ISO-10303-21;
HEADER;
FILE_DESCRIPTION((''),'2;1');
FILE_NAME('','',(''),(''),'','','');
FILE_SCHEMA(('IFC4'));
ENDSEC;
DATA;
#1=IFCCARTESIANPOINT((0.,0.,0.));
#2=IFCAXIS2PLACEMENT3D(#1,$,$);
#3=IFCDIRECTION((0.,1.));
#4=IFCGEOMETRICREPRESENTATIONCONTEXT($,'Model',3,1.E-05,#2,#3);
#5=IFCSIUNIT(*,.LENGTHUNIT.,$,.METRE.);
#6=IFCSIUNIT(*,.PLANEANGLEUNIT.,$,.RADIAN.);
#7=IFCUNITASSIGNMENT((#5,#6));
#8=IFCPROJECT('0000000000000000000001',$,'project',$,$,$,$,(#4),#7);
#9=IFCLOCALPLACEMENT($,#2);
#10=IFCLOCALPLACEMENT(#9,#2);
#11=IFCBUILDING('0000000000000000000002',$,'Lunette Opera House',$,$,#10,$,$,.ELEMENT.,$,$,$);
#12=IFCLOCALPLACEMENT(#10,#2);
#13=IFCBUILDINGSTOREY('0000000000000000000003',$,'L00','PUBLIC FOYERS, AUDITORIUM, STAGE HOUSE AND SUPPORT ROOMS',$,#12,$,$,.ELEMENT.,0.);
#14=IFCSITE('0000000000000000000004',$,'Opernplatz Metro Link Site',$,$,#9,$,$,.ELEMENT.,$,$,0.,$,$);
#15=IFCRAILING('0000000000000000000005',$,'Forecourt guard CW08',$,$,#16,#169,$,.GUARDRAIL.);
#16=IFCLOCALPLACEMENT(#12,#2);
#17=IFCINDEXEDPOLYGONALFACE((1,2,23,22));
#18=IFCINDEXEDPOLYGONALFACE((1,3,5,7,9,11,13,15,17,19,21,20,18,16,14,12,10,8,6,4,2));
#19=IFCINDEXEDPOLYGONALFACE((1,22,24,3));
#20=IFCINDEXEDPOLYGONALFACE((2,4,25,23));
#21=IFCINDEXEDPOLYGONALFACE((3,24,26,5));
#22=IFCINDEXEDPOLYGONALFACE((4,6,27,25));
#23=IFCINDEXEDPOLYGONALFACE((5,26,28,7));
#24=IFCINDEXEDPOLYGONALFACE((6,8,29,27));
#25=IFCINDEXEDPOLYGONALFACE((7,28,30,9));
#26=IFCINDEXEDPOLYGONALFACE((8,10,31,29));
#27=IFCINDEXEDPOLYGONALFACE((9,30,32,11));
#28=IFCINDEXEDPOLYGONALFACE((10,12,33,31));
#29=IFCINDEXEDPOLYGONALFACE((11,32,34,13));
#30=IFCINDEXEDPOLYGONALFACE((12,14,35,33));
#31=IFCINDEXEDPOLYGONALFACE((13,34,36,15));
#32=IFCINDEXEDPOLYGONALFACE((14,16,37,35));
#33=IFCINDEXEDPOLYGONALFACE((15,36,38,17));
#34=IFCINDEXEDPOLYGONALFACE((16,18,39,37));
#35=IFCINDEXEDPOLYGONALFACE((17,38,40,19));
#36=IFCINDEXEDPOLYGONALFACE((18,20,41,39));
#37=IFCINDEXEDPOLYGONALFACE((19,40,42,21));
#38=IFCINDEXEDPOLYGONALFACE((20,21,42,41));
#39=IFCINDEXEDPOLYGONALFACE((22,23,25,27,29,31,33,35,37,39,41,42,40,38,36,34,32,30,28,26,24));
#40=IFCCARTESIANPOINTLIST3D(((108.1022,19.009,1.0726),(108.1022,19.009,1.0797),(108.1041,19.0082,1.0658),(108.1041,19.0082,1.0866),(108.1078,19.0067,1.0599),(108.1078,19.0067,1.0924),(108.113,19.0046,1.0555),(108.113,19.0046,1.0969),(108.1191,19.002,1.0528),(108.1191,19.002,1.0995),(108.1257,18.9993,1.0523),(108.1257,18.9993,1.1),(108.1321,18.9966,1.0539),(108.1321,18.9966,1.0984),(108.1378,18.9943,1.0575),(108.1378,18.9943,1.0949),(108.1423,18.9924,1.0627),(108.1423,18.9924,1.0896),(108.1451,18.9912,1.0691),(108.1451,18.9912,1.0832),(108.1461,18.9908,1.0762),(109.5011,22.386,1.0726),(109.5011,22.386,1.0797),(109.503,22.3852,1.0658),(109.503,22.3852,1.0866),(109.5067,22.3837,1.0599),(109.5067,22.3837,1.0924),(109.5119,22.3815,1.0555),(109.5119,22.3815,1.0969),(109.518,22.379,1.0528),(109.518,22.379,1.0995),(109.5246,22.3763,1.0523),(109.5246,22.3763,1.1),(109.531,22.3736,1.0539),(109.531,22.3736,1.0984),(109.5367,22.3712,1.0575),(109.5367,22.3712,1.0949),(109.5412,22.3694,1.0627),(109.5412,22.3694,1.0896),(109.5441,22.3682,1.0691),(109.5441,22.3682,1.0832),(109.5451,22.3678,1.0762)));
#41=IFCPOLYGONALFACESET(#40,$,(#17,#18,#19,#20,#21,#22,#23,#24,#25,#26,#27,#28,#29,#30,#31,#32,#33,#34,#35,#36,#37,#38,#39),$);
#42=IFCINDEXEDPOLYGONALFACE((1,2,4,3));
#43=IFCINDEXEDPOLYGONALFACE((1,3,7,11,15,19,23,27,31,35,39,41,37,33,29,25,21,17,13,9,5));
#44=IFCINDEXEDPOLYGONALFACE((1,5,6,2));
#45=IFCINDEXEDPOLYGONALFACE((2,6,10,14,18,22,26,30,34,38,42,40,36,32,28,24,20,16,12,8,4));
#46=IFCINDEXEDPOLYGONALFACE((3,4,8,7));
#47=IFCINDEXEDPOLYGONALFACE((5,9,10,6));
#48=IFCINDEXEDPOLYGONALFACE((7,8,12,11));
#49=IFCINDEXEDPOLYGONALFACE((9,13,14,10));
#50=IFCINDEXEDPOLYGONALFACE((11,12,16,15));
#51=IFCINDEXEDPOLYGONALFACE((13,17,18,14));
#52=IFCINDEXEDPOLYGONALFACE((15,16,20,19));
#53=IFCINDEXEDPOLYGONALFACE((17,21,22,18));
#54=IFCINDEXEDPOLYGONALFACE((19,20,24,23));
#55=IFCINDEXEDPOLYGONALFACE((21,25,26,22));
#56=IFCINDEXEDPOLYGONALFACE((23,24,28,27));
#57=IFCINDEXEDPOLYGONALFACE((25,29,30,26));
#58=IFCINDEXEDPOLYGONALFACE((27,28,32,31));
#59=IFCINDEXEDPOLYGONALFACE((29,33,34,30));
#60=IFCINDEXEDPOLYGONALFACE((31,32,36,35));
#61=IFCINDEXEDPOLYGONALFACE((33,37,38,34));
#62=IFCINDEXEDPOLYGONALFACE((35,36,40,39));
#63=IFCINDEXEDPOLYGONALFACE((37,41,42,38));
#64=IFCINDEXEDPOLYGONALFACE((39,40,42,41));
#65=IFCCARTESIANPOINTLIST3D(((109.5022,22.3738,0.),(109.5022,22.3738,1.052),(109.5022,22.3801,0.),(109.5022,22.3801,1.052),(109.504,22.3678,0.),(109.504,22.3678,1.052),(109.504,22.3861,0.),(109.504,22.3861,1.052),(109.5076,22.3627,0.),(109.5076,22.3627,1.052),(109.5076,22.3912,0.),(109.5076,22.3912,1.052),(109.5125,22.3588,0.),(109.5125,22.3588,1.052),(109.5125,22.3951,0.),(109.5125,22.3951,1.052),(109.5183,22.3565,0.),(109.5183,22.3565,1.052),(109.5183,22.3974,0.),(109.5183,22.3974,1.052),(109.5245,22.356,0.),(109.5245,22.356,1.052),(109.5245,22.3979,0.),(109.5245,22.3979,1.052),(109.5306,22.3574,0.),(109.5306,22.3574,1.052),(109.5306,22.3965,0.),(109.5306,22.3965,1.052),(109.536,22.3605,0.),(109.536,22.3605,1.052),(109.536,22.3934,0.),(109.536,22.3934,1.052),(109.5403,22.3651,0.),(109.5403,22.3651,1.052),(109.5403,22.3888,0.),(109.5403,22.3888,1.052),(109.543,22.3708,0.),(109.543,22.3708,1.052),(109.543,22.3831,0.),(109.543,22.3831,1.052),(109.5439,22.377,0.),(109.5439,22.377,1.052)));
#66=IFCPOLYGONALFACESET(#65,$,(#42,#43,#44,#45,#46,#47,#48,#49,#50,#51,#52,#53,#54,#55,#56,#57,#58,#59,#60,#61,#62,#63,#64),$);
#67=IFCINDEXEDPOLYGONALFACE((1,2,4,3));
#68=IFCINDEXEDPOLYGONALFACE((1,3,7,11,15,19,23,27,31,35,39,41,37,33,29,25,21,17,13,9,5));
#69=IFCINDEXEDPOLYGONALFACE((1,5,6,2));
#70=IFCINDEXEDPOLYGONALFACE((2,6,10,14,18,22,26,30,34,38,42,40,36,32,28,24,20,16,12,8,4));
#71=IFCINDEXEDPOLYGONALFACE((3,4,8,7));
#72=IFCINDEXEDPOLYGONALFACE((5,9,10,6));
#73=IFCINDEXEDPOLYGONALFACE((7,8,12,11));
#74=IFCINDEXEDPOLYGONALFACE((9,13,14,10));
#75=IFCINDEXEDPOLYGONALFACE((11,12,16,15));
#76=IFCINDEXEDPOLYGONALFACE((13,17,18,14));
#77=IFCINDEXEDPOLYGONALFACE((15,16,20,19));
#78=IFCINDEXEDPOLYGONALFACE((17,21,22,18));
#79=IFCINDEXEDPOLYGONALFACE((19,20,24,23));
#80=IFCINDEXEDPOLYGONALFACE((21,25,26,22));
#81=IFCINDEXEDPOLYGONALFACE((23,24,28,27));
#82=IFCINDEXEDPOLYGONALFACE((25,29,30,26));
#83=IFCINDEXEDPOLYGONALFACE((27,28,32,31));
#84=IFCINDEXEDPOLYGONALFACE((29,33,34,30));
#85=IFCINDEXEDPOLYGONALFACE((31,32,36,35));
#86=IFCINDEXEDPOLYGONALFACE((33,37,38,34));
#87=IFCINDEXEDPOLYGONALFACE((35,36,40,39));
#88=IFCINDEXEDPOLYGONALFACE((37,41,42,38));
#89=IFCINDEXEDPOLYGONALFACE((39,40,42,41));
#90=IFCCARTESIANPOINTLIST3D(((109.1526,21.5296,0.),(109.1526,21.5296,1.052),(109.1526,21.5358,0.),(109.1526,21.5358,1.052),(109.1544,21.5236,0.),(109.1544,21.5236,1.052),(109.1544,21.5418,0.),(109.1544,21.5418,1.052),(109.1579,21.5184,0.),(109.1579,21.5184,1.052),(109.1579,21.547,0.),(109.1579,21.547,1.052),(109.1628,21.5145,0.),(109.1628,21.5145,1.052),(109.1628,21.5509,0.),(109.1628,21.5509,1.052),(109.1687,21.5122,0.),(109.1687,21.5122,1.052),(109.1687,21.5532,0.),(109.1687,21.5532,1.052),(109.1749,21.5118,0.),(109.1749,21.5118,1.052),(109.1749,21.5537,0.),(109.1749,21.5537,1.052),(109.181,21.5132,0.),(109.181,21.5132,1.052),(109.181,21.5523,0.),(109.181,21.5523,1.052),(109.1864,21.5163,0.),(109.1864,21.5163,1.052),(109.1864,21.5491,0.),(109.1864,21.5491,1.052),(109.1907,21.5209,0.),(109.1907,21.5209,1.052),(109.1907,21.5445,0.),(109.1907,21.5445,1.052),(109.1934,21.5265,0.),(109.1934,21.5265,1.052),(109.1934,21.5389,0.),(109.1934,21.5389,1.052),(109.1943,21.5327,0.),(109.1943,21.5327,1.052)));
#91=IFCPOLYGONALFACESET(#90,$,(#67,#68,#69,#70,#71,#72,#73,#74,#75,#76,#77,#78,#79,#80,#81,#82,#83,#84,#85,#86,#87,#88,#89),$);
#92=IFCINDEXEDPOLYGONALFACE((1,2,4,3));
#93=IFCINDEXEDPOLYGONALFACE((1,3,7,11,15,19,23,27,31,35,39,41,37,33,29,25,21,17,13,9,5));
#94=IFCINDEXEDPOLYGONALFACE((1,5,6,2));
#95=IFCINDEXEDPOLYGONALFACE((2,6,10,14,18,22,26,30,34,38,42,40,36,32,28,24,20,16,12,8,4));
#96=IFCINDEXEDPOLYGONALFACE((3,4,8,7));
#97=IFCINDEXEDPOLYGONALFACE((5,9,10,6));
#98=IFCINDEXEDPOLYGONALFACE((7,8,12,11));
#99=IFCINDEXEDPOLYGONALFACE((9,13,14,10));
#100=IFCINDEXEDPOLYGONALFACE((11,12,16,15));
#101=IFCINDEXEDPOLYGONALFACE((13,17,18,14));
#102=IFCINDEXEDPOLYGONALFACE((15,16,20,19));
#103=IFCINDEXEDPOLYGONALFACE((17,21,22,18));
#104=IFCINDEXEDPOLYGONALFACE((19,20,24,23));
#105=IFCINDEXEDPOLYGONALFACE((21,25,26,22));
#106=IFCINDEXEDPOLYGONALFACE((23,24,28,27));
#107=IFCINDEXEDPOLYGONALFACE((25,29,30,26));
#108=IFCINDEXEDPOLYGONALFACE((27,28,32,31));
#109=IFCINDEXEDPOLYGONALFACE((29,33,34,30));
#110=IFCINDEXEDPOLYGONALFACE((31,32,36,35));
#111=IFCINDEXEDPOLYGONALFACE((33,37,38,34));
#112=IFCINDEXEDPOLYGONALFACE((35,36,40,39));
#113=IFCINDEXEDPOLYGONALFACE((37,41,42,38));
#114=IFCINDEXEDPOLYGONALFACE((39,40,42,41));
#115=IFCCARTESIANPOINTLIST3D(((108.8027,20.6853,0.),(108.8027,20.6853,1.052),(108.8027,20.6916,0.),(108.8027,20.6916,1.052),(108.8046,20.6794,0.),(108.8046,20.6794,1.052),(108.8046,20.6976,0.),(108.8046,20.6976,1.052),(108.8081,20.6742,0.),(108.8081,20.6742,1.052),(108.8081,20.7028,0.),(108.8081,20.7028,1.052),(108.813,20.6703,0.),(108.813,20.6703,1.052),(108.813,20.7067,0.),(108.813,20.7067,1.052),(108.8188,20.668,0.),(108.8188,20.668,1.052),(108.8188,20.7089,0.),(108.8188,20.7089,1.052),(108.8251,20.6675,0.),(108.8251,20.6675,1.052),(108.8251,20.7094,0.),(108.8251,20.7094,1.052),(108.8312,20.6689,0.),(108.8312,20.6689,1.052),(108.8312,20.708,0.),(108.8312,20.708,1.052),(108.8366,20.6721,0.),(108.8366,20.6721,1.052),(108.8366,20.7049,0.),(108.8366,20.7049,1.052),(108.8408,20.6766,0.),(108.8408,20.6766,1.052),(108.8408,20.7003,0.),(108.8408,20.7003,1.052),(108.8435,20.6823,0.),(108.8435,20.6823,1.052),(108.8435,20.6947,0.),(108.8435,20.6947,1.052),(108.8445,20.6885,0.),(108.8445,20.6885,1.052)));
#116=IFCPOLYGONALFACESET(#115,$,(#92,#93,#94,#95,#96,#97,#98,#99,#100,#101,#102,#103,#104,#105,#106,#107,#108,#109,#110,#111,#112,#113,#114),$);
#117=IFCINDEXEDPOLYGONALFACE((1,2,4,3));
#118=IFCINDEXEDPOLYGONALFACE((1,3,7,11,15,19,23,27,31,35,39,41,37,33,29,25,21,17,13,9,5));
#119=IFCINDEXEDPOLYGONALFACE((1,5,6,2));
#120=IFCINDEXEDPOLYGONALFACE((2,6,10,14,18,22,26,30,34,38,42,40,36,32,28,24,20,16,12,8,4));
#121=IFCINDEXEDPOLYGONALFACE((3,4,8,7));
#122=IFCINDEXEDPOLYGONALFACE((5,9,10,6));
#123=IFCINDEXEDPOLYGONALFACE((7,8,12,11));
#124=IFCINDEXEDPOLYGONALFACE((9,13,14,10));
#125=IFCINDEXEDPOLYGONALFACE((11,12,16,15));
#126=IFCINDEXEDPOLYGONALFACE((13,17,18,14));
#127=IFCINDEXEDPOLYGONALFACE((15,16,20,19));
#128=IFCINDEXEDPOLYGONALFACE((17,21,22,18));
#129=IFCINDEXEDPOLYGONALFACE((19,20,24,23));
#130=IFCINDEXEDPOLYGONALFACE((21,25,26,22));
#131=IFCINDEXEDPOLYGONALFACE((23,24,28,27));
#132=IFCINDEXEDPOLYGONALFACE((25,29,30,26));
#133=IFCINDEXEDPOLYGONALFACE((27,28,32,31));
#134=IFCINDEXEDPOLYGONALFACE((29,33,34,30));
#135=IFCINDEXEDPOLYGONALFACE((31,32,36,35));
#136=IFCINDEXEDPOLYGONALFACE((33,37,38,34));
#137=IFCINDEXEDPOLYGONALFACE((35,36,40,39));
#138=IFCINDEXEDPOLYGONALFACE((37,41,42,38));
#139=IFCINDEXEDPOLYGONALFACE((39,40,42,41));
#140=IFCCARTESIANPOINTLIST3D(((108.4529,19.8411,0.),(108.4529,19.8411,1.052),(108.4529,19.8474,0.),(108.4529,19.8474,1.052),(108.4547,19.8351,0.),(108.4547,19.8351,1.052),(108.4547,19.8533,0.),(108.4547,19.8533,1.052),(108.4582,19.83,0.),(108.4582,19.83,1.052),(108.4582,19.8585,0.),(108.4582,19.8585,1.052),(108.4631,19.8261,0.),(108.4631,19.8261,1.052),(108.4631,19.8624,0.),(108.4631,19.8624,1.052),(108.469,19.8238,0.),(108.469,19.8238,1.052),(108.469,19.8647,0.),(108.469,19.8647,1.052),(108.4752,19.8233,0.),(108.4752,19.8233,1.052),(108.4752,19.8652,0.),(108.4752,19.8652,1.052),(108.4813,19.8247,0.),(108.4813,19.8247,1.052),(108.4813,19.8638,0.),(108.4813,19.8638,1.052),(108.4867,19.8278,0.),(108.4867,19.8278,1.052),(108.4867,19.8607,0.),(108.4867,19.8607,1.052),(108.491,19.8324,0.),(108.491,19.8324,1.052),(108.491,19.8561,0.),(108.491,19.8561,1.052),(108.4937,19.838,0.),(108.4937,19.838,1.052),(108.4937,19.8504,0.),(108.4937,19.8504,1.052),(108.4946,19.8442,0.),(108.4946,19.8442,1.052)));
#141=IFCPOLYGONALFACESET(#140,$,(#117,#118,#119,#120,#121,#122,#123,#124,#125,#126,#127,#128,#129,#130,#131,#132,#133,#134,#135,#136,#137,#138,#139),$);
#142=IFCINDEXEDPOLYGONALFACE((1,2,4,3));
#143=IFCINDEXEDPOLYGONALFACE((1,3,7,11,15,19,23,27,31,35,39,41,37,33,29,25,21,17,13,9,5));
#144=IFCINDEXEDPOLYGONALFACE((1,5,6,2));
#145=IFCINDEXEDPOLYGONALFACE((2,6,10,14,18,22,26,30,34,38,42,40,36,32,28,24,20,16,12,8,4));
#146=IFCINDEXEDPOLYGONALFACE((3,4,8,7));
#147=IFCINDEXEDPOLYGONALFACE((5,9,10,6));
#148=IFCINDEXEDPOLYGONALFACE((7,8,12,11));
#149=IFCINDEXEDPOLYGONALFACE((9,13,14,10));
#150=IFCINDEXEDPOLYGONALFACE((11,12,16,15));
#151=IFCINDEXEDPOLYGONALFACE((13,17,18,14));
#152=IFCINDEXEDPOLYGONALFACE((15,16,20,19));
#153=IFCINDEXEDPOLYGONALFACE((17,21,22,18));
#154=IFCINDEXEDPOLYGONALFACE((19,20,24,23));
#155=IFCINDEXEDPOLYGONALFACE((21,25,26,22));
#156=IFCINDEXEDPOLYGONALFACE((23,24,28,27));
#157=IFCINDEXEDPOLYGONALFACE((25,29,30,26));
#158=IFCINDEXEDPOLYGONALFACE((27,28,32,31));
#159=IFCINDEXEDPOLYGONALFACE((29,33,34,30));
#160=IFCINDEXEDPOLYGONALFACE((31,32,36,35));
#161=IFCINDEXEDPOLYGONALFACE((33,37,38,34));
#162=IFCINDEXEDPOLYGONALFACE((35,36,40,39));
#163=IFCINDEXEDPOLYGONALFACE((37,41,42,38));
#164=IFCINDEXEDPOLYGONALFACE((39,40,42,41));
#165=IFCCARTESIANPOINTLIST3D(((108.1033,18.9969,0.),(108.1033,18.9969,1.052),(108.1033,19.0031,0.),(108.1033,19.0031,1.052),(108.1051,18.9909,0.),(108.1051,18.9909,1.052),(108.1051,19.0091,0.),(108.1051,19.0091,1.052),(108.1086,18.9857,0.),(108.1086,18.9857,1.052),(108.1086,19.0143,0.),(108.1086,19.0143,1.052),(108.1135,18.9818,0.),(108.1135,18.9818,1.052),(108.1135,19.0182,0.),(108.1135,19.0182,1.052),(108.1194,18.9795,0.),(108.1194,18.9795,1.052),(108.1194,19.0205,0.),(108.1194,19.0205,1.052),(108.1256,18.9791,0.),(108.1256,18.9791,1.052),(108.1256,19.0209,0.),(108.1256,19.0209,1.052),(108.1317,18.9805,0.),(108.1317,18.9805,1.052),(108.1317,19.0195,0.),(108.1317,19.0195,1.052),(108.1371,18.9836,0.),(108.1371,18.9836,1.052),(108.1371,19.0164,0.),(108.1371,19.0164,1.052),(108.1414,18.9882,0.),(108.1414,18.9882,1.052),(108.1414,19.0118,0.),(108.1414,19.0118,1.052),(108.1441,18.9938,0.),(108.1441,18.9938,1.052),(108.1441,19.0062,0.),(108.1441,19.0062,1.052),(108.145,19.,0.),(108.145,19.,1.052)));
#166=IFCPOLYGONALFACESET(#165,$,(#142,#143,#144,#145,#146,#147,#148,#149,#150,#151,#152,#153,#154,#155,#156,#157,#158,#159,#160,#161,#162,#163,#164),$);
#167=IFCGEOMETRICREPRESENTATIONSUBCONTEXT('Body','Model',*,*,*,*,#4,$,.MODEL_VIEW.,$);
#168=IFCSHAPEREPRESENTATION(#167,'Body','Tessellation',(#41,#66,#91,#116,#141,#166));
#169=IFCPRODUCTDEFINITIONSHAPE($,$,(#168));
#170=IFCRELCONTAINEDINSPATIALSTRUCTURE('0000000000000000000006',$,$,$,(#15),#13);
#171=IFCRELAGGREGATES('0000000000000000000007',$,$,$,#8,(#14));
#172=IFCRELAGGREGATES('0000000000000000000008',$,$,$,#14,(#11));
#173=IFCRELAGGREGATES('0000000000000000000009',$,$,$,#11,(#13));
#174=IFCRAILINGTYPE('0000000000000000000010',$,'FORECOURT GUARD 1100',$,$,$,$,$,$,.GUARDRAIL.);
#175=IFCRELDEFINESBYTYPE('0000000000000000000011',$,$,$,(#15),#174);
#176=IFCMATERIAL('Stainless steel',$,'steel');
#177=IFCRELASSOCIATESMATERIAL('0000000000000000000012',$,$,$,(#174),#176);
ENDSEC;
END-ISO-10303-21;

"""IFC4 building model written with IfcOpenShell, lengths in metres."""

from ifc_helpers import new_model, si_unit, direction, frame, origin, origin_2d, place, context, subcontext, project, spatial, circle, extrude, material, type_object, element, save


model = new_model("IFC4")

# Units and contexts
model_context = context("Model", 3, precision=1e-05, world=origin(), true_north=direction((0.0, 1.0)))
body_context = subcontext(model_context, "Body", "Model", "MODEL_VIEW")
ifc_project = project(units=[si_unit("LENGTHUNIT", "METRE"), si_unit("PLANEANGLEUNIT", "RADIAN")], contexts=[model_context])

# Site, building, storey
site_placement = place(None, origin())
site = spatial("IfcSite", under=ifc_project, at=site_placement, Name="Opernplatz Metro Link Site", CompositionType="ELEMENT", RefElevation=0.0)
building_placement = place(site_placement, origin())
building = spatial("IfcBuilding", under=site, at=building_placement, Name="Lunette Opera House", CompositionType="ELEMENT")
storey_placement = place(building_placement, origin())
storey = spatial("IfcBuildingStorey", under=building, at=storey_placement, Name="L00", Description="PUBLIC FOYERS, AUDITORIUM, STAGE HOUSE AND SUPPORT ROOMS", CompositionType="ELEMENT", Elevation=0.0)

# Railing
ifc_material_1 = material(Name="Stainless steel", Category="steel")
railing_type = type_object("IfcRailingType", Name="FORECOURT GUARD 1100", PredefinedType="GUARDRAIL", material=ifc_material_1)
railing_1_placement = place(storey_placement, frame((109.5229, 22.377, 0.0)))
element("IfcRailing", 1, at=railing_1_placement, inside=storey, type_object=railing_type, Name="Forecourt guard CW08", PredefinedType="GUARDRAIL", context=body_context, shape_type="SweptSolid", body=[
    extrude(circle(Radius=0.0239, at=origin_2d()), frame((0.0, 0.0, 1.0762), z_axis=(-0.382718, -0.923865, 0.0), x_axis=(0.923865, -0.382718, 0.0)), (0.0, 0.0, 1.0), 3.6553),
    extrude(circle(Radius=0.021, at=origin_2d()), origin(), (0.0, 0.0, 1.0), 1.052),
    extrude(circle(Radius=0.021, at=origin_2d()), frame((-0.3496, -0.8442, 0.0)), (0.0, 0.0, 1.0), 1.052),
    extrude(circle(Radius=0.021, at=origin_2d()), frame((-0.6995, -1.6885, 0.0)), (0.0, 0.0, 1.0), 1.052),
    extrude(circle(Radius=0.021, at=origin_2d()), frame((-1.0493, -2.5327, 0.0)), (0.0, 0.0, 1.0), 1.052),
    extrude(circle(Radius=0.021, at=origin_2d()), frame((-1.3989, -3.377, 0.0)), (0.0, 0.0, 1.0), 1.052),
])

save(model, "model.ifc")
